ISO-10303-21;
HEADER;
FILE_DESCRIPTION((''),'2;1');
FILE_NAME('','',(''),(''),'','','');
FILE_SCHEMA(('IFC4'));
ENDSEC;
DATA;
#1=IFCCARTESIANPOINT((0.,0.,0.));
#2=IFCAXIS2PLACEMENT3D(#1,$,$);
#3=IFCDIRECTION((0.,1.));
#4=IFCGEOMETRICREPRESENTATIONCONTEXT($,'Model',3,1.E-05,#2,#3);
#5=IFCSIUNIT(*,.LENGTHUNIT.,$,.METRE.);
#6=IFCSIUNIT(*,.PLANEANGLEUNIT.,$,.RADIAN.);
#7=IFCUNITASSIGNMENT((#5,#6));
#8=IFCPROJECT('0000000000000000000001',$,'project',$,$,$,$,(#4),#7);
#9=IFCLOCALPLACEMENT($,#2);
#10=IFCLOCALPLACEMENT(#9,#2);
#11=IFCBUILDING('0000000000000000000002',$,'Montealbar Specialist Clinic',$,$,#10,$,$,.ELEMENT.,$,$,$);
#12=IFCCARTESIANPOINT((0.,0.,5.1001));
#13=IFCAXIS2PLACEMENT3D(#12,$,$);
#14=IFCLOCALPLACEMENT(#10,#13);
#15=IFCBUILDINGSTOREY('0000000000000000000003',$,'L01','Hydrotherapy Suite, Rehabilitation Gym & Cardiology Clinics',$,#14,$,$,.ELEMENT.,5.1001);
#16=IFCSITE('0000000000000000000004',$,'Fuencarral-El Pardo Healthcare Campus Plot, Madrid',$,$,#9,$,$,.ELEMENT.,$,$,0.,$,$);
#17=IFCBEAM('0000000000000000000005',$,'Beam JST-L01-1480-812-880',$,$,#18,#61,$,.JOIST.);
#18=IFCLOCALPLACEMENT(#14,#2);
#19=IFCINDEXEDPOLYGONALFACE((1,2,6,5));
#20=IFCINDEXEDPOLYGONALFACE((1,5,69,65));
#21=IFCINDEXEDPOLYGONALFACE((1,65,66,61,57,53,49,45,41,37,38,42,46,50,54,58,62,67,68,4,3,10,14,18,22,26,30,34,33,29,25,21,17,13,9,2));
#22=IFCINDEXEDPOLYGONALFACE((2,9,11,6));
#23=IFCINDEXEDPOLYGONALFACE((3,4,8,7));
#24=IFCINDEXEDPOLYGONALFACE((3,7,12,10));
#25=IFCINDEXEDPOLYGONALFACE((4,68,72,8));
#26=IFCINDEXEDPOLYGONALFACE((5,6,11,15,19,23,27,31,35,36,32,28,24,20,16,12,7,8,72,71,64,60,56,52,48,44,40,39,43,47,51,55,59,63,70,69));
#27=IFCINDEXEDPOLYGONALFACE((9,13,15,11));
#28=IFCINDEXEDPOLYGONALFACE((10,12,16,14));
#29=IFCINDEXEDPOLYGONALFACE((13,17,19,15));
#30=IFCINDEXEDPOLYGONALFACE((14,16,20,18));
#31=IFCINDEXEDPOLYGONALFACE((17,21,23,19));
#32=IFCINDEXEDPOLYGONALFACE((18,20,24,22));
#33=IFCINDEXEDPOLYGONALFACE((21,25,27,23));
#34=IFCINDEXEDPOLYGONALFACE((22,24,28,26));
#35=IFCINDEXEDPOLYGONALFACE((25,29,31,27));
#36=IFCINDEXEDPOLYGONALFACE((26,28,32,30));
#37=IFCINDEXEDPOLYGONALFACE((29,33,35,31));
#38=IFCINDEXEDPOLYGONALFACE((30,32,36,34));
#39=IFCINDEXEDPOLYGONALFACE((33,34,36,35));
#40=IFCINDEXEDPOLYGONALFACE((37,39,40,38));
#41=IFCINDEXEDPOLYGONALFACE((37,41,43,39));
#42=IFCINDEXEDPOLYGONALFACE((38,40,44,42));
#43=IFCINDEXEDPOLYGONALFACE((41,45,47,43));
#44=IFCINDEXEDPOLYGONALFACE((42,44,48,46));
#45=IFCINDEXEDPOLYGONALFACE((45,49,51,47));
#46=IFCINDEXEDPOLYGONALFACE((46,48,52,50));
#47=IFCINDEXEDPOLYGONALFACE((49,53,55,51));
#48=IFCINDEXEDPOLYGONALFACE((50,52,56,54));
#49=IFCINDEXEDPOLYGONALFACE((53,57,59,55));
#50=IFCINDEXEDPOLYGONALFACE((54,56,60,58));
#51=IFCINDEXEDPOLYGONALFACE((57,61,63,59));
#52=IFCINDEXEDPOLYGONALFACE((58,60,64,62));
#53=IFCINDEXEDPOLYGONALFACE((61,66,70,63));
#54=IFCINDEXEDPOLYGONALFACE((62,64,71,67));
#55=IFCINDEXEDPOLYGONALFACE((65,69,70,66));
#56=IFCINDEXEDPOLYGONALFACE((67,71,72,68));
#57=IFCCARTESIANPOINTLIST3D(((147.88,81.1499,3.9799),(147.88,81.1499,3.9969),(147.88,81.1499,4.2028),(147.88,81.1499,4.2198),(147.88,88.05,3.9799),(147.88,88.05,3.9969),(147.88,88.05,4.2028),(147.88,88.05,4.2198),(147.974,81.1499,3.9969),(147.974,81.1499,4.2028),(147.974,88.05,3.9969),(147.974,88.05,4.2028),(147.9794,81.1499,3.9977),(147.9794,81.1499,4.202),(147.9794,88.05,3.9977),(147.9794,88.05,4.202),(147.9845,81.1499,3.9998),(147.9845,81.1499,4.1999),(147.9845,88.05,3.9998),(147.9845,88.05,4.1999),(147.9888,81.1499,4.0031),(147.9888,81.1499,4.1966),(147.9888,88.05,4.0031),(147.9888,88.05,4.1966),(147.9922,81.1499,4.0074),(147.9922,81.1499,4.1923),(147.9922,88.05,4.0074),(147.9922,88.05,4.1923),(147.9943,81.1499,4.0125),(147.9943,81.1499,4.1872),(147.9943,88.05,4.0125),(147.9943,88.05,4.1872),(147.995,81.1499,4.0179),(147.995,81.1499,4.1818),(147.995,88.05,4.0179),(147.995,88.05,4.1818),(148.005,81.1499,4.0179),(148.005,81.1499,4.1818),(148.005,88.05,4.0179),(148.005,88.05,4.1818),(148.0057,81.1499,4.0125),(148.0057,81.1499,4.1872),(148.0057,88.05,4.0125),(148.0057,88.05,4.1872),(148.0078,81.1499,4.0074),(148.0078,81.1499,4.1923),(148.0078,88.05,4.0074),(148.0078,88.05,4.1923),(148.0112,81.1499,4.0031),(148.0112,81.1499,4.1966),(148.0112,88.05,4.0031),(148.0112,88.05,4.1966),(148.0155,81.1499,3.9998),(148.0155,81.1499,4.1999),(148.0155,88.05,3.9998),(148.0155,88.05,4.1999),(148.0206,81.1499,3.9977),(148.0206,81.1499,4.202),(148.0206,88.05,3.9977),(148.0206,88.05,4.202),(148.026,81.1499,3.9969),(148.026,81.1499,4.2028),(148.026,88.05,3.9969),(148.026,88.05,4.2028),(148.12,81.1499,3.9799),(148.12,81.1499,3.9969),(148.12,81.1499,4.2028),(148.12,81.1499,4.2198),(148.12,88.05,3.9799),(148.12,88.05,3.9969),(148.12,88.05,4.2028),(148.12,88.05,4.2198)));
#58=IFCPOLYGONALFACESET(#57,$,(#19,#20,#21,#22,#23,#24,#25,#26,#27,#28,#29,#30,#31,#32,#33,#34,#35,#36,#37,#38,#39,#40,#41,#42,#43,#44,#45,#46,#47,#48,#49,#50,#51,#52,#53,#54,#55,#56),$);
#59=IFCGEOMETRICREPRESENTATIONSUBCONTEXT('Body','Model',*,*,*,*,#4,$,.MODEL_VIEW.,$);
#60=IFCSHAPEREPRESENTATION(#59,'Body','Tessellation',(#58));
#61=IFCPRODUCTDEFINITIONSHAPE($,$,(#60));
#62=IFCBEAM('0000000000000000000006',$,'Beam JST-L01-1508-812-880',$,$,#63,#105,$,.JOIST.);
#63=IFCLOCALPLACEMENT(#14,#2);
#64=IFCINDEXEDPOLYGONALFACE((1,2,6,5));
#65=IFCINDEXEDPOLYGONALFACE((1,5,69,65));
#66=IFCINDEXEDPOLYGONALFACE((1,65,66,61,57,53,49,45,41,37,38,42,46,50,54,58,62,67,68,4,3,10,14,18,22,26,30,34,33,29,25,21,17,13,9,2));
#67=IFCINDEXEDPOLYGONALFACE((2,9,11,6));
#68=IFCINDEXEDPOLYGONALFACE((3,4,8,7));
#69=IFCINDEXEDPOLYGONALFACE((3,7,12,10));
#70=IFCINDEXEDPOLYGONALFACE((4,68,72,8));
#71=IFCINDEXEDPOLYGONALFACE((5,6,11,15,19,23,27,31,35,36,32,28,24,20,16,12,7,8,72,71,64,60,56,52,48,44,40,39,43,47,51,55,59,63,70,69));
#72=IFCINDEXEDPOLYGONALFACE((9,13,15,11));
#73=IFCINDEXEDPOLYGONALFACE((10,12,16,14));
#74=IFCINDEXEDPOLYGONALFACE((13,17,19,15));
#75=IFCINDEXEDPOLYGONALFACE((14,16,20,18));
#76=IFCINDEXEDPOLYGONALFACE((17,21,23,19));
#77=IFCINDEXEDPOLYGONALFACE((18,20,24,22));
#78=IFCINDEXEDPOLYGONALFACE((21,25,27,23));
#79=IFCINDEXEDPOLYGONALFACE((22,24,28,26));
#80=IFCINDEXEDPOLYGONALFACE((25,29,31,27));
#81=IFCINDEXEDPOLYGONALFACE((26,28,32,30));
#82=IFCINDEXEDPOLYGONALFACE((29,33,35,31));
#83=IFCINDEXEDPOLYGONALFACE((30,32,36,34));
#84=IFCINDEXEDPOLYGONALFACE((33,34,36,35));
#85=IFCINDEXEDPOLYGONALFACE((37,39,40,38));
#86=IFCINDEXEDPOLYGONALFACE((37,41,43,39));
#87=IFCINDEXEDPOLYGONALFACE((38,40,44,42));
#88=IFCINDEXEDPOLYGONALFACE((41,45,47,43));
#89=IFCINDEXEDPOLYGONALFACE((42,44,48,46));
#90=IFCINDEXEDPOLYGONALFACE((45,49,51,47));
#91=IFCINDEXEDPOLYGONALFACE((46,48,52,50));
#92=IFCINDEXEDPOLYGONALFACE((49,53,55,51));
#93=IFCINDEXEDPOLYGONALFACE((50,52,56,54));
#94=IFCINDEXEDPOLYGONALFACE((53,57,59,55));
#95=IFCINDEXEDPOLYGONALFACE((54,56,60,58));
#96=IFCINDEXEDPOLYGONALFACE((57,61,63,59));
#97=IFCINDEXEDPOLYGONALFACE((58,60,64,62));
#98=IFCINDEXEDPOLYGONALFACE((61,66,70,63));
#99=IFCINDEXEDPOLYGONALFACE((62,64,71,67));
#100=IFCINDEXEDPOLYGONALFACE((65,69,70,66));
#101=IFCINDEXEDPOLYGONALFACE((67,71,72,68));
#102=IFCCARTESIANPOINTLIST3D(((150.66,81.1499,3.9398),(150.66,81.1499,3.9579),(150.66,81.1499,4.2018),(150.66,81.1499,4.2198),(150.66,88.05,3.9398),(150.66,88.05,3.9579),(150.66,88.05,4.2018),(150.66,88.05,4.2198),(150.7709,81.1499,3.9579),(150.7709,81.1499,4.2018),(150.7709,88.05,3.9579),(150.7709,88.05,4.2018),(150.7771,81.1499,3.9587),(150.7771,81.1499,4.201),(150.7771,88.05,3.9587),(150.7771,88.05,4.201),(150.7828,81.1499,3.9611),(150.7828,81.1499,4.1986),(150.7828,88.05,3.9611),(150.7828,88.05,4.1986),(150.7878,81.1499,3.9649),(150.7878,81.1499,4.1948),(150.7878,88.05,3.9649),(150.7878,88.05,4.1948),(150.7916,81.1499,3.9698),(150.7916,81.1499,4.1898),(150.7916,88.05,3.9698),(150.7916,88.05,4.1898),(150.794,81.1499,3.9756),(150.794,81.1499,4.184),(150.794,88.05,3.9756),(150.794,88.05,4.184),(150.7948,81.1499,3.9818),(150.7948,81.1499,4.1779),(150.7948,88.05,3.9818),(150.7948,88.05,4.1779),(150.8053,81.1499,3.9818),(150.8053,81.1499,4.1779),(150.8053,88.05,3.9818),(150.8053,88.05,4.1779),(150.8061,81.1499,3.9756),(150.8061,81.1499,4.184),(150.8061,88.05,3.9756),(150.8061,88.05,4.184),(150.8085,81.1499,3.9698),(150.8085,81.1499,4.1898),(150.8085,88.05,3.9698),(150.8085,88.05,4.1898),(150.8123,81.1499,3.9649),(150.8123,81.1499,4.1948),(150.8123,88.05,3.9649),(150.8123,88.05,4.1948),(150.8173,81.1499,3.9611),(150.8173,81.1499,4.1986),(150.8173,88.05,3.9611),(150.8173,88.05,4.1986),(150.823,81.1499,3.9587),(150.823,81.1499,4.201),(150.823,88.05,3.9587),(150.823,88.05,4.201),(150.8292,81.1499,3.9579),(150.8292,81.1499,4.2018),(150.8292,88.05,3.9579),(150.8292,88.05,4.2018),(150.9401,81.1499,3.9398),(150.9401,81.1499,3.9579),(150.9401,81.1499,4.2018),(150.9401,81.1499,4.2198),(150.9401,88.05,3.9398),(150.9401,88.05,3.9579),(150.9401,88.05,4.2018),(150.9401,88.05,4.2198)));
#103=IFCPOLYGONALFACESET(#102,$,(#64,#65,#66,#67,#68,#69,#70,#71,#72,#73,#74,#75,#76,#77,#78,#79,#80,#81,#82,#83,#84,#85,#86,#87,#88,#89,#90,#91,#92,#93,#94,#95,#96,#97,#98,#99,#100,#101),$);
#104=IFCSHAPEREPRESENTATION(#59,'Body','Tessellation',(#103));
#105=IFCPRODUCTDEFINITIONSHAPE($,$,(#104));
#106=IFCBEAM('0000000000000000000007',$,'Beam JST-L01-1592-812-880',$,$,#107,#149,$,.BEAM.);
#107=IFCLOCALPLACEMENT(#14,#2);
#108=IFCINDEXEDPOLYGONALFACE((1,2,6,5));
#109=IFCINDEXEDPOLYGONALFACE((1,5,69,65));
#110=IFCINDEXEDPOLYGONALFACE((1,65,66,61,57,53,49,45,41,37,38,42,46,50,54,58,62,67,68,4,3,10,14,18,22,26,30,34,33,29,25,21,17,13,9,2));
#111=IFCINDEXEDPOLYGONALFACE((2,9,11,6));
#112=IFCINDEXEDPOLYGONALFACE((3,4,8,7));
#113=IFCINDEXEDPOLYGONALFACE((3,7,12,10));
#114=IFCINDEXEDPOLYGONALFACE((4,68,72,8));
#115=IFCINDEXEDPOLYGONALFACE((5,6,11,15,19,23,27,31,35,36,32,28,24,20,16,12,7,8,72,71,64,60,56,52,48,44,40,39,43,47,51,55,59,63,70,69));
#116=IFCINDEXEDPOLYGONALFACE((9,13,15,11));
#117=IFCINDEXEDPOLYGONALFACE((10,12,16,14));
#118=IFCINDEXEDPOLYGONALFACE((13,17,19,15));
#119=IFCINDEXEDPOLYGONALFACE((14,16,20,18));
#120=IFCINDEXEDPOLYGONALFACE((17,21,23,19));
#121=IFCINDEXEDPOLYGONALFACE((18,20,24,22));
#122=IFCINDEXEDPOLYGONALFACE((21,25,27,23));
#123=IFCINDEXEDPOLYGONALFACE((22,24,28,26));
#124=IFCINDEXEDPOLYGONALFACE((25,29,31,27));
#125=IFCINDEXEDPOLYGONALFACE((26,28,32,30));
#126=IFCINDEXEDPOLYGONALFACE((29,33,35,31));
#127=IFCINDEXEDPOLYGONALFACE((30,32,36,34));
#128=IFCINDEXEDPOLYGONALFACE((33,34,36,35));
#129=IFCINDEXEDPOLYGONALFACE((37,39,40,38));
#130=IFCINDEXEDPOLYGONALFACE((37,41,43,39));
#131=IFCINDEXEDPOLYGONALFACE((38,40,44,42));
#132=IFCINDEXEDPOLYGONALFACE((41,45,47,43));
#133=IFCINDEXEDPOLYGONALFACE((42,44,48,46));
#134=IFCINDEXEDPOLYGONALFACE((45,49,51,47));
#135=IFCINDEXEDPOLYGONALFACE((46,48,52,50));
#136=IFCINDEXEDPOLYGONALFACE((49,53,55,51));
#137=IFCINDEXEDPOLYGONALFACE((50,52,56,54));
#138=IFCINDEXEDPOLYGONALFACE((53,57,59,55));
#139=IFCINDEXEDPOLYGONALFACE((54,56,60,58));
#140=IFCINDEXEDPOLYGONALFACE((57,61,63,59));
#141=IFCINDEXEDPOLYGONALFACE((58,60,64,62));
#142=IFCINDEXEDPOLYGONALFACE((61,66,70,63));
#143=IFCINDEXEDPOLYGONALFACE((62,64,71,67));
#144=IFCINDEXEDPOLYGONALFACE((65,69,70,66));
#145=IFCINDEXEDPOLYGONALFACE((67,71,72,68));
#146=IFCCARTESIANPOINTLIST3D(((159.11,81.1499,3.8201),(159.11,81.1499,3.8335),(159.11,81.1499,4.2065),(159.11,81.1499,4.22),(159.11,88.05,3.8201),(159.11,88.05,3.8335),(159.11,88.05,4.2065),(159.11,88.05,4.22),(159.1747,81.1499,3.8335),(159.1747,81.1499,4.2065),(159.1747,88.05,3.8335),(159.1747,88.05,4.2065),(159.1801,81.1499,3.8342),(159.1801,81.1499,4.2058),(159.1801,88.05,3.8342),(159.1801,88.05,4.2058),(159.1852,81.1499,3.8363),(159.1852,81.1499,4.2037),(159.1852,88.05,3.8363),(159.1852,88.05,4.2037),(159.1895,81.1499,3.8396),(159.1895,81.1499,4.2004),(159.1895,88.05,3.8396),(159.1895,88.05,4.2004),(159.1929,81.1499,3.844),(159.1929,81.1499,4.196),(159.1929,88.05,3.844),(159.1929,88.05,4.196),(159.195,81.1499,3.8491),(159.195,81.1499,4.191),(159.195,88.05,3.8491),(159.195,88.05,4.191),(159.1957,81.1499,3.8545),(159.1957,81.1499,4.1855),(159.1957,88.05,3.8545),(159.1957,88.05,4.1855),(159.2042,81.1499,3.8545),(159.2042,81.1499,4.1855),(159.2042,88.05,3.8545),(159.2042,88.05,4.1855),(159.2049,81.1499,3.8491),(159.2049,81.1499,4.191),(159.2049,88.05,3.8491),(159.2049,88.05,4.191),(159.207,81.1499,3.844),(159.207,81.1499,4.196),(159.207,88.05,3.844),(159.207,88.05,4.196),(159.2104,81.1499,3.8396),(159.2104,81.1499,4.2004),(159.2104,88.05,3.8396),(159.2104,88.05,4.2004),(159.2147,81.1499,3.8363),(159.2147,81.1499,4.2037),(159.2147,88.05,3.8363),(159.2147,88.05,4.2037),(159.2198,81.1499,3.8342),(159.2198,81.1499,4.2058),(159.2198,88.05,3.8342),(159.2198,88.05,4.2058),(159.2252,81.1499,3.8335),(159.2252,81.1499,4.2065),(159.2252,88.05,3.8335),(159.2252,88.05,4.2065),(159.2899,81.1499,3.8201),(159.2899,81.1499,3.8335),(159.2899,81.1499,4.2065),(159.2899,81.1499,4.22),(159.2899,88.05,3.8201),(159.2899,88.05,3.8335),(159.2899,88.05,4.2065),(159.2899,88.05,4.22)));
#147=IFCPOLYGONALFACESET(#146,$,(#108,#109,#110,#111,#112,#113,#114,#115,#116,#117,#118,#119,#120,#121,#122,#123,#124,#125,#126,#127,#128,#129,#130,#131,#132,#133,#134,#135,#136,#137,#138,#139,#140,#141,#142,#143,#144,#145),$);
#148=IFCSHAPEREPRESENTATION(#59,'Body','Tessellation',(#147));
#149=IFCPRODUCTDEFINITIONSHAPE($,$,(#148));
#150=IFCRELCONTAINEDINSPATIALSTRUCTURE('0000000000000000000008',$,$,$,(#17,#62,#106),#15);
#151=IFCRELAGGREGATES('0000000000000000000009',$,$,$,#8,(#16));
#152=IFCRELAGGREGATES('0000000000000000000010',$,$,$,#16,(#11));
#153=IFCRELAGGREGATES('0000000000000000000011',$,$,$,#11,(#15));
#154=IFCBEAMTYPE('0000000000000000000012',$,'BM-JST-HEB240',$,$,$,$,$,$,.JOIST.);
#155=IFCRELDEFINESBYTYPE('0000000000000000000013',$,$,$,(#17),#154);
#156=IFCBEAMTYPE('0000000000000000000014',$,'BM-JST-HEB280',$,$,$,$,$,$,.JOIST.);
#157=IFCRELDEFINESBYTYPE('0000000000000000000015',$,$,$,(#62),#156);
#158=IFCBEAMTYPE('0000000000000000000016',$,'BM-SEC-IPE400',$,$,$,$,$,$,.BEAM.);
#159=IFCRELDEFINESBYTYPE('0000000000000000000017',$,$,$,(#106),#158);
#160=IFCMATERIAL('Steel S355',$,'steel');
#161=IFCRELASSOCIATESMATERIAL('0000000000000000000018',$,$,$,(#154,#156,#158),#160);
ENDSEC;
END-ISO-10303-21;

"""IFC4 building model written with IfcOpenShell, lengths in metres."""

from ifc_helpers import new_model, si_unit, direction, frame, origin, origin_2d, place, context, subcontext, project, spatial, i_section, extrude, material, material_profile, profile_set, type_object, element, save


model = new_model("IFC4")

# Units and contexts
model_context = context("Model", 3, precision=1e-05, world=origin(), true_north=direction((0.0, 1.0)))
body_context = subcontext(model_context, "Body", "Model", "MODEL_VIEW")
ifc_project = project(units=[si_unit("LENGTHUNIT", "METRE"), si_unit("PLANEANGLEUNIT", "RADIAN")], contexts=[model_context])

# Site, building, storey
site_placement = place(None, origin())
site = spatial("IfcSite", under=ifc_project, at=site_placement, Name="Fuencarral-El Pardo Healthcare Campus Plot, Madrid", CompositionType="ELEMENT", RefElevation=0.0)
building_placement = place(site_placement, origin())
building = spatial("IfcBuilding", under=site, at=building_placement, Name="Montealbar Specialist Clinic", CompositionType="ELEMENT")
storey_placement = place(building_placement, frame((0.0, 0.0, 5.1001)))
storey = spatial("IfcBuildingStorey", under=building, at=storey_placement, Name="L01", Description="Hydrotherapy Suite, Rehabilitation Gym & Cardiology Clinics", CompositionType="ELEMENT", Elevation=5.1001)

# Shared definitions
ifc_material_1 = material(Name="Steel S355", Category="steel")

# Beams
ifc_material_profile_1 = material_profile(ifc_material_1, i_section(OverallWidth=0.24, OverallDepth=0.24, WebThickness=0.01, FlangeThickness=0.0171, FilletRadius=0.021, at=origin_2d()), Name="HEB 240", Category="steel")
ifc_profile_set_1 = profile_set([ifc_material_profile_1], Name="Steel S355")
beam_type_1 = type_object("IfcBeamType", Name="BM-JST-HEB240", PredefinedType="JOIST", material=ifc_profile_set_1)
beam_1_placement = place(storey_placement, frame((148.0, 81.1499, 4.0999), z_axis=(0.0, 1.0, 0.0), x_axis=(-1.0, 0.0, 0.0)))
element("IfcBeam", 1, at=beam_1_placement, inside=storey, type_object=beam_type_1, Name="Beam JST-L01-1480-812-880", PredefinedType="JOIST", context=body_context, shape_type="SweptSolid", body=[
    extrude(i_section(OverallWidth=0.24, OverallDepth=0.24, WebThickness=0.01, FlangeThickness=0.0171, FilletRadius=0.021, at=origin_2d()), origin(), (0.0, 0.0, 1.0), 6.9001),
])
ifc_material_profile_2 = material_profile(ifc_material_1, i_section(OverallWidth=0.28, OverallDepth=0.28, WebThickness=0.0105, FlangeThickness=0.0181, FilletRadius=0.0239, at=origin_2d()), Name="HEB 280", Category="steel")
ifc_profile_set_2 = profile_set([ifc_material_profile_2], Name="Steel S355")
beam_type_2 = type_object("IfcBeamType", Name="BM-JST-HEB280", PredefinedType="JOIST", material=ifc_profile_set_2)
beam_2_placement = place(storey_placement, frame((150.8, 81.1499, 4.0798), z_axis=(0.0, 1.0, 0.0), x_axis=(-1.0, 0.0, 0.0)))
element("IfcBeam", 2, at=beam_2_placement, inside=storey, type_object=beam_type_2, Name="Beam JST-L01-1508-812-880", PredefinedType="JOIST", context=body_context, shape_type="SweptSolid", body=[
    extrude(i_section(OverallWidth=0.28, OverallDepth=0.28, WebThickness=0.0105, FlangeThickness=0.0181, FilletRadius=0.0239, at=origin_2d()), origin(), (0.0, 0.0, 1.0), 6.9001),
])
ifc_material_profile_3 = material_profile(ifc_material_1, i_section(OverallWidth=0.1799, OverallDepth=0.3999, WebThickness=0.0085, FlangeThickness=0.0134, FilletRadius=0.021, at=origin_2d()), Name="IPE 400", Category="steel")
ifc_profile_set_3 = profile_set([ifc_material_profile_3], Name="Steel S355")
beam_type_3 = type_object("IfcBeamType", Name="BM-SEC-IPE400", PredefinedType="BEAM", material=ifc_profile_set_3)
beam_3_placement = place(storey_placement, frame((159.2, 81.1499, 4.02), z_axis=(0.0, 1.0, 0.0), x_axis=(-1.0, 0.0, 0.0)))
element("IfcBeam", 3, at=beam_3_placement, inside=storey, type_object=beam_type_3, Name="Beam JST-L01-1592-812-880", PredefinedType="BEAM", context=body_context, shape_type="SweptSolid", body=[
    extrude(i_section(OverallWidth=0.1799, OverallDepth=0.3999, WebThickness=0.0085, FlangeThickness=0.0134, FilletRadius=0.021, at=origin_2d()), origin(), (0.0, 0.0, 1.0), 6.9001),
])

save(model, "model.ifc")
